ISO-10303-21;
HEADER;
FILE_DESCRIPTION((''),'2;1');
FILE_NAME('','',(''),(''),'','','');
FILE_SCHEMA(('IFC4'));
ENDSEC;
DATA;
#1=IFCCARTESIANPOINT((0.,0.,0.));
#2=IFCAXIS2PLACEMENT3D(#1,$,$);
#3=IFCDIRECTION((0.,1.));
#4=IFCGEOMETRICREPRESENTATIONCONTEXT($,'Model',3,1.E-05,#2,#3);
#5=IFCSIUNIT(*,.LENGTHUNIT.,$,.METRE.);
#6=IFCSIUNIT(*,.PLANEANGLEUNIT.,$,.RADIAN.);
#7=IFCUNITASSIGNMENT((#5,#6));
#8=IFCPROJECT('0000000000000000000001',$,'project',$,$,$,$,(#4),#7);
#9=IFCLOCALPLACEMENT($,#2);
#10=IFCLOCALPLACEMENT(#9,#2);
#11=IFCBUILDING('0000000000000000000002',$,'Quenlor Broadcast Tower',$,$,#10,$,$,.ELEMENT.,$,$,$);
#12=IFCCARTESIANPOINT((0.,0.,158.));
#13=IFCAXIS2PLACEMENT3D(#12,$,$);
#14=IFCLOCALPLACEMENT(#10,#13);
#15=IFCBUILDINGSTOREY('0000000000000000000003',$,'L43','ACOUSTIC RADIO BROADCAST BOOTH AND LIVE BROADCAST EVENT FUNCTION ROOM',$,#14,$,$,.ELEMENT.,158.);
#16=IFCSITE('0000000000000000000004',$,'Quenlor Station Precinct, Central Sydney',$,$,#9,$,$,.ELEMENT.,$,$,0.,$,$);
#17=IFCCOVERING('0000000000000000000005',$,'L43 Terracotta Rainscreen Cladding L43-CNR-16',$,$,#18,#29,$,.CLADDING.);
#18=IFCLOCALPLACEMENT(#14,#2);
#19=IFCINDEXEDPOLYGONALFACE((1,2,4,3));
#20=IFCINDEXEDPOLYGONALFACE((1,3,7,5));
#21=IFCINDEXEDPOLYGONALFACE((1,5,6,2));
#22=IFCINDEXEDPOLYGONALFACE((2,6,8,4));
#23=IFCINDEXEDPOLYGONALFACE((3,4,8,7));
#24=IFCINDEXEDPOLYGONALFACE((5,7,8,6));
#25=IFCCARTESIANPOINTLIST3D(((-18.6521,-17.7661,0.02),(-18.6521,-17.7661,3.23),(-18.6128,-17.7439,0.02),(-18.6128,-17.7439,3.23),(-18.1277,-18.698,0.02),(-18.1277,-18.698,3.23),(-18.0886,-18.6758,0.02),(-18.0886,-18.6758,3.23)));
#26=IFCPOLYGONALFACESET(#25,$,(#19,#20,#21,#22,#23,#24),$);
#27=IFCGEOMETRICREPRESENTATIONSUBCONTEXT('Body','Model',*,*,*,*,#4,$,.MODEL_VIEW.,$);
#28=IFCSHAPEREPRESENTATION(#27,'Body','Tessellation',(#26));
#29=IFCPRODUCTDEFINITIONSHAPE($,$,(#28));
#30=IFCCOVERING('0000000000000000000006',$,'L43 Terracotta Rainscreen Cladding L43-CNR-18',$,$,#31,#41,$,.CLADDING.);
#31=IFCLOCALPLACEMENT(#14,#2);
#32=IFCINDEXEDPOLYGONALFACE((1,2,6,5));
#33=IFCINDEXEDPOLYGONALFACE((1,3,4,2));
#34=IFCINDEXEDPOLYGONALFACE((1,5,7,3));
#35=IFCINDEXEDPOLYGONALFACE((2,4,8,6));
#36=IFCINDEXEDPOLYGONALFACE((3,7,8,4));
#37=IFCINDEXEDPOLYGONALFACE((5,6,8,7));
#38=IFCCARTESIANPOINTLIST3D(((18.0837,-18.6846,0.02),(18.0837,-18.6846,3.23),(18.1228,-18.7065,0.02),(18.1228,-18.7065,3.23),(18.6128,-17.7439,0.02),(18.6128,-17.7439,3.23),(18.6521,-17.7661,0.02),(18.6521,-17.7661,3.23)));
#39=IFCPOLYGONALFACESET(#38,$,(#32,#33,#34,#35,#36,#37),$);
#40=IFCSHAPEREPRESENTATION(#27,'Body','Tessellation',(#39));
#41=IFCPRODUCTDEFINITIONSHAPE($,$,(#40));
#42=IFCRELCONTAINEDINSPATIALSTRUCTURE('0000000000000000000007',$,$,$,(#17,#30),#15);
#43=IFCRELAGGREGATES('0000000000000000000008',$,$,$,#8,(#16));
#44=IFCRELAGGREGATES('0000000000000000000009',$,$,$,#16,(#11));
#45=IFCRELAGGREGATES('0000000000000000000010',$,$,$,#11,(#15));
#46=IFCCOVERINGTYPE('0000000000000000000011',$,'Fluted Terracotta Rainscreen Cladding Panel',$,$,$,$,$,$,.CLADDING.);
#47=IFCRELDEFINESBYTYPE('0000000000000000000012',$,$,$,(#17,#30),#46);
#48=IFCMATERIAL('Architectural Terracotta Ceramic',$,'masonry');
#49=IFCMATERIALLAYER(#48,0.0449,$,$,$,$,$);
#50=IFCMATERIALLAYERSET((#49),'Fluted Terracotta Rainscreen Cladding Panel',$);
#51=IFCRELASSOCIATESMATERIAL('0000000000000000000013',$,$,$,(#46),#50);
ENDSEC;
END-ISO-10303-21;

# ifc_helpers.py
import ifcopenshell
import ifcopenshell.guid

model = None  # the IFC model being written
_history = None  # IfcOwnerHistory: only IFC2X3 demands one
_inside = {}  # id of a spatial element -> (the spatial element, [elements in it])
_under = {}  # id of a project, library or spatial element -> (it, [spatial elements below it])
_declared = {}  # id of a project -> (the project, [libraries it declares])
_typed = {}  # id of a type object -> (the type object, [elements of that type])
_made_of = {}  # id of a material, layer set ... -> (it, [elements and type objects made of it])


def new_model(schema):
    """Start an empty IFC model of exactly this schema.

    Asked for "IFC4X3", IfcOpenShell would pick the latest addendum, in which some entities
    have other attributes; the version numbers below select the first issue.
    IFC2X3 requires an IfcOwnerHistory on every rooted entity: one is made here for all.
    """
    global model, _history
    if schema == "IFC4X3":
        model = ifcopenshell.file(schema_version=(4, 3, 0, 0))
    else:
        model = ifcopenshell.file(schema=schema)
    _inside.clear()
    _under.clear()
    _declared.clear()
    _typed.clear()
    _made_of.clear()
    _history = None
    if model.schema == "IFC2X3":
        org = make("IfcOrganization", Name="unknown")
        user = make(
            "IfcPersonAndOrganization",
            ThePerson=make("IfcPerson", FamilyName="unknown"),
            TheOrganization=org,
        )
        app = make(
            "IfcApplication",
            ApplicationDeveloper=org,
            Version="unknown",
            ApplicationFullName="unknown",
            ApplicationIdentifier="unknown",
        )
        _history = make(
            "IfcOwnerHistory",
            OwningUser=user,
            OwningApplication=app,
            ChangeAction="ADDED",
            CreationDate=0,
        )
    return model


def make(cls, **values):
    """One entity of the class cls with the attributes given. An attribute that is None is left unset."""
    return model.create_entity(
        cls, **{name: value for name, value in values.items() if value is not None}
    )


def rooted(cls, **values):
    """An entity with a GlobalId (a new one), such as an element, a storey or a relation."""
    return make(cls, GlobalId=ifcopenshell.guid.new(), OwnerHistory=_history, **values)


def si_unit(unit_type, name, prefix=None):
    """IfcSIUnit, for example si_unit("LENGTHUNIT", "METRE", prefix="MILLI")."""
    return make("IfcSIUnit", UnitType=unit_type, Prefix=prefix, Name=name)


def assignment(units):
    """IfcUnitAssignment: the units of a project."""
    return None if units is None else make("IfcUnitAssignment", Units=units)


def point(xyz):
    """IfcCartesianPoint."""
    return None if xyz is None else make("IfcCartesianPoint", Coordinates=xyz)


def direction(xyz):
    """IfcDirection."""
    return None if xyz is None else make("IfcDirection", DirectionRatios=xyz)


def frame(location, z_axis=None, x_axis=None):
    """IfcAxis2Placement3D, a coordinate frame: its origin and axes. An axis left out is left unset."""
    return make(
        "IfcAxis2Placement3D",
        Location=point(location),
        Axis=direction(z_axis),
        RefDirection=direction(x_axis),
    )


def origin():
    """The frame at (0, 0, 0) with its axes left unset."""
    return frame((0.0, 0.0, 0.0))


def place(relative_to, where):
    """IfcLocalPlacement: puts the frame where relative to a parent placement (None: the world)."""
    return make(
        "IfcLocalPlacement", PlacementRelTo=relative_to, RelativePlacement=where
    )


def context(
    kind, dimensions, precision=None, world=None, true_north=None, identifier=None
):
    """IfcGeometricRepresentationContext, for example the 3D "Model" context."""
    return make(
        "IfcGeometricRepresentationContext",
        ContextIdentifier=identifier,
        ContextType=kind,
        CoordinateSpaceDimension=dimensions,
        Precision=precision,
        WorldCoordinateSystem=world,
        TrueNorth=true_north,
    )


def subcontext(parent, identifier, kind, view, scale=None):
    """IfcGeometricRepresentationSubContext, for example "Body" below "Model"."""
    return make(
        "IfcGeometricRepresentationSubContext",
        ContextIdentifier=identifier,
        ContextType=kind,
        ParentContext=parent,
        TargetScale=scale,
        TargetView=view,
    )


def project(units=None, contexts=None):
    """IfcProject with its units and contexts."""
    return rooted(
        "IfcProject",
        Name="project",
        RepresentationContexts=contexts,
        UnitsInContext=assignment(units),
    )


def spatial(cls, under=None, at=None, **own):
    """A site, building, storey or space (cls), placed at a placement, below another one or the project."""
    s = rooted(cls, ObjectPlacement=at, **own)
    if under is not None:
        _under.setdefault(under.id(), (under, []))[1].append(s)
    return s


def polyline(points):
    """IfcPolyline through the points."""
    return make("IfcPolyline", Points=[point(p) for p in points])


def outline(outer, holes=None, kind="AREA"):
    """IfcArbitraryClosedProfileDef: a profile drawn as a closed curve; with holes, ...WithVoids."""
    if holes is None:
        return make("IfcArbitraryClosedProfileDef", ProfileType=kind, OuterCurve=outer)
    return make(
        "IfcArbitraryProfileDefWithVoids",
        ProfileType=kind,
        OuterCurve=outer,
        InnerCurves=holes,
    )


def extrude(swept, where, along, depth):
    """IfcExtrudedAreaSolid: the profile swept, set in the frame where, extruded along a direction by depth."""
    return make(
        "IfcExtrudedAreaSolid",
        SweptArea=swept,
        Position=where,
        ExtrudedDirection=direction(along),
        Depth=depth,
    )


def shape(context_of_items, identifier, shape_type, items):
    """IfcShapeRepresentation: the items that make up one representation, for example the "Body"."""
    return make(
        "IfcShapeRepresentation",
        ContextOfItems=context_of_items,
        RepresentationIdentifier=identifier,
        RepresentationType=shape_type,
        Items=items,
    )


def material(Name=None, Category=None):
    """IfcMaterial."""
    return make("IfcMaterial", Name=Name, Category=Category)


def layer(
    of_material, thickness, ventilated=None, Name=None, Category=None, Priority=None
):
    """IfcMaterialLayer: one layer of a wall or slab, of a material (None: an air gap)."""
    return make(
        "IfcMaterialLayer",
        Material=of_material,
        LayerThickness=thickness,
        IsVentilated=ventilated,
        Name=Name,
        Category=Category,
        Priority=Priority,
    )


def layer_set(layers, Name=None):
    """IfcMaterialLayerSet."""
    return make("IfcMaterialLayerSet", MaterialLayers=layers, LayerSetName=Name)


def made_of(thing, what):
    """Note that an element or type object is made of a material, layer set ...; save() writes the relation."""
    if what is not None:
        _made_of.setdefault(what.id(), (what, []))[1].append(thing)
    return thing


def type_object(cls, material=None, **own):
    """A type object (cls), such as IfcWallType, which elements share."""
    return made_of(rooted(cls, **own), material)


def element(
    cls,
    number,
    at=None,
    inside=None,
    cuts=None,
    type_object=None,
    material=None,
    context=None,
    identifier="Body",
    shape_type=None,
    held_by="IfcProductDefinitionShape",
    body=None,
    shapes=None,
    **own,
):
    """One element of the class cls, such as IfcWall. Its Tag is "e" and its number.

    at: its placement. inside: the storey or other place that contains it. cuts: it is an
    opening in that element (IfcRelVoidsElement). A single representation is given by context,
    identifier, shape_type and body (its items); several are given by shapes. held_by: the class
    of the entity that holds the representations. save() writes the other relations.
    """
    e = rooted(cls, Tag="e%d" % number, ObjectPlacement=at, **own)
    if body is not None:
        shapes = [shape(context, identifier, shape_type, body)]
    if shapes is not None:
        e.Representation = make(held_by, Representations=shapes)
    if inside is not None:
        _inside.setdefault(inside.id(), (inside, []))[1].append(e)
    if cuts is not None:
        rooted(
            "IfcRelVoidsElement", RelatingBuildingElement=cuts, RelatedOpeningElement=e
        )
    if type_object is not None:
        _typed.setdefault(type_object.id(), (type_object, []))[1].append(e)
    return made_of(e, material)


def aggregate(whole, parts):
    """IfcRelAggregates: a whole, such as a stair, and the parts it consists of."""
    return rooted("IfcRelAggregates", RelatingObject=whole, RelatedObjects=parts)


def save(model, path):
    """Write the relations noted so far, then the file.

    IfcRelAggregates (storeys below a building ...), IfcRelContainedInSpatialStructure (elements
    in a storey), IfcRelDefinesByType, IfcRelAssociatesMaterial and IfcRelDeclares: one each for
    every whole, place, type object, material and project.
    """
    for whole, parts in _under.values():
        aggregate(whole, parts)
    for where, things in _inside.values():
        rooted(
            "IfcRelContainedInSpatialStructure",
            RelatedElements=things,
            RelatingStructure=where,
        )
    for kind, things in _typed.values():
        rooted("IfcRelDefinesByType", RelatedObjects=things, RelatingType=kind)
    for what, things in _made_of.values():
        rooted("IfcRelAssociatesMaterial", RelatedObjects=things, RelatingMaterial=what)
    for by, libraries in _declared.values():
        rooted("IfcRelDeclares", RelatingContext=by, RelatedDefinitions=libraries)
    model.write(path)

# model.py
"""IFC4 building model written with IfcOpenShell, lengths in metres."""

from ifc_helpers import new_model, si_unit, direction, frame, origin, place, context, subcontext, project, spatial, polyline, outline, extrude, material, layer, layer_set, type_object, element, save


model = new_model("IFC4")

# Units and contexts
model_context = context("Model", 3, precision=1e-05, world=origin(), true_north=direction((0.0, 1.0)))
body_context = subcontext(model_context, "Body", "Model", "MODEL_VIEW")
ifc_project = project(units=[si_unit("LENGTHUNIT", "METRE"), si_unit("PLANEANGLEUNIT", "RADIAN")], contexts=[model_context])

# Site, building, storey
site_placement = place(None, origin())
site = spatial("IfcSite", under=ifc_project, at=site_placement, Name="Quenlor Station Precinct, Central Sydney", CompositionType="ELEMENT", RefElevation=0.0)
building_placement = place(site_placement, origin())
building = spatial("IfcBuilding", under=site, at=building_placement, Name="Quenlor Broadcast Tower", CompositionType="ELEMENT")
storey_placement = place(building_placement, frame((0.0, 0.0, 158.0)))
storey = spatial("IfcBuildingStorey", under=building, at=storey_placement, Name="L43", Description="ACOUSTIC RADIO BROADCAST BOOTH AND LIVE BROADCAST EVENT FUNCTION ROOM", CompositionType="ELEMENT", Elevation=158.0)

# Coverings
ifc_material_1 = material(Name="Architectural Terracotta Ceramic", Category="masonry")
ifc_layer_1 = layer(ifc_material_1, 0.0449)
ifc_layer_set_1 = layer_set([ifc_layer_1], Name="Fluted Terracotta Rainscreen Cladding Panel")
covering_type_1 = type_object("IfcCoveringType", Name="Fluted Terracotta Rainscreen Cladding Panel", PredefinedType="CLADDING", material=ifc_layer_set_1)
covering_1_placement = place(storey_placement, frame((0.0, 0.0, 0.02)))
element("IfcCovering", 1, at=covering_1_placement, inside=storey, type_object=covering_type_1, Name="L43 Terracotta Rainscreen Cladding L43-CNR-16", PredefinedType="CLADDING", context=body_context, shape_type="SweptSolid", body=[
    extrude(outline(polyline([(-18.6521, -17.7661), (-18.1277, -18.698), (-18.0886, -18.6758), (-18.6128, -17.7439), (-18.6521, -17.7661)])), origin(), (0.0, 0.0, 1.0), 3.21),
])
covering_2_placement = place(storey_placement, frame((0.0, 0.0, 0.02)))
element("IfcCovering", 2, at=covering_2_placement, inside=storey, type_object=covering_type_1, Name="L43 Terracotta Rainscreen Cladding L43-CNR-18", PredefinedType="CLADDING", context=body_context, shape_type="SweptSolid", body=[
    extrude(outline(polyline([(18.1228, -18.7065), (18.6521, -17.7661), (18.6128, -17.7439), (18.0837, -18.6846), (18.1228, -18.7065)])), origin(), (0.0, 0.0, 1.0), 3.21),
])

save(model, "model.ifc")
